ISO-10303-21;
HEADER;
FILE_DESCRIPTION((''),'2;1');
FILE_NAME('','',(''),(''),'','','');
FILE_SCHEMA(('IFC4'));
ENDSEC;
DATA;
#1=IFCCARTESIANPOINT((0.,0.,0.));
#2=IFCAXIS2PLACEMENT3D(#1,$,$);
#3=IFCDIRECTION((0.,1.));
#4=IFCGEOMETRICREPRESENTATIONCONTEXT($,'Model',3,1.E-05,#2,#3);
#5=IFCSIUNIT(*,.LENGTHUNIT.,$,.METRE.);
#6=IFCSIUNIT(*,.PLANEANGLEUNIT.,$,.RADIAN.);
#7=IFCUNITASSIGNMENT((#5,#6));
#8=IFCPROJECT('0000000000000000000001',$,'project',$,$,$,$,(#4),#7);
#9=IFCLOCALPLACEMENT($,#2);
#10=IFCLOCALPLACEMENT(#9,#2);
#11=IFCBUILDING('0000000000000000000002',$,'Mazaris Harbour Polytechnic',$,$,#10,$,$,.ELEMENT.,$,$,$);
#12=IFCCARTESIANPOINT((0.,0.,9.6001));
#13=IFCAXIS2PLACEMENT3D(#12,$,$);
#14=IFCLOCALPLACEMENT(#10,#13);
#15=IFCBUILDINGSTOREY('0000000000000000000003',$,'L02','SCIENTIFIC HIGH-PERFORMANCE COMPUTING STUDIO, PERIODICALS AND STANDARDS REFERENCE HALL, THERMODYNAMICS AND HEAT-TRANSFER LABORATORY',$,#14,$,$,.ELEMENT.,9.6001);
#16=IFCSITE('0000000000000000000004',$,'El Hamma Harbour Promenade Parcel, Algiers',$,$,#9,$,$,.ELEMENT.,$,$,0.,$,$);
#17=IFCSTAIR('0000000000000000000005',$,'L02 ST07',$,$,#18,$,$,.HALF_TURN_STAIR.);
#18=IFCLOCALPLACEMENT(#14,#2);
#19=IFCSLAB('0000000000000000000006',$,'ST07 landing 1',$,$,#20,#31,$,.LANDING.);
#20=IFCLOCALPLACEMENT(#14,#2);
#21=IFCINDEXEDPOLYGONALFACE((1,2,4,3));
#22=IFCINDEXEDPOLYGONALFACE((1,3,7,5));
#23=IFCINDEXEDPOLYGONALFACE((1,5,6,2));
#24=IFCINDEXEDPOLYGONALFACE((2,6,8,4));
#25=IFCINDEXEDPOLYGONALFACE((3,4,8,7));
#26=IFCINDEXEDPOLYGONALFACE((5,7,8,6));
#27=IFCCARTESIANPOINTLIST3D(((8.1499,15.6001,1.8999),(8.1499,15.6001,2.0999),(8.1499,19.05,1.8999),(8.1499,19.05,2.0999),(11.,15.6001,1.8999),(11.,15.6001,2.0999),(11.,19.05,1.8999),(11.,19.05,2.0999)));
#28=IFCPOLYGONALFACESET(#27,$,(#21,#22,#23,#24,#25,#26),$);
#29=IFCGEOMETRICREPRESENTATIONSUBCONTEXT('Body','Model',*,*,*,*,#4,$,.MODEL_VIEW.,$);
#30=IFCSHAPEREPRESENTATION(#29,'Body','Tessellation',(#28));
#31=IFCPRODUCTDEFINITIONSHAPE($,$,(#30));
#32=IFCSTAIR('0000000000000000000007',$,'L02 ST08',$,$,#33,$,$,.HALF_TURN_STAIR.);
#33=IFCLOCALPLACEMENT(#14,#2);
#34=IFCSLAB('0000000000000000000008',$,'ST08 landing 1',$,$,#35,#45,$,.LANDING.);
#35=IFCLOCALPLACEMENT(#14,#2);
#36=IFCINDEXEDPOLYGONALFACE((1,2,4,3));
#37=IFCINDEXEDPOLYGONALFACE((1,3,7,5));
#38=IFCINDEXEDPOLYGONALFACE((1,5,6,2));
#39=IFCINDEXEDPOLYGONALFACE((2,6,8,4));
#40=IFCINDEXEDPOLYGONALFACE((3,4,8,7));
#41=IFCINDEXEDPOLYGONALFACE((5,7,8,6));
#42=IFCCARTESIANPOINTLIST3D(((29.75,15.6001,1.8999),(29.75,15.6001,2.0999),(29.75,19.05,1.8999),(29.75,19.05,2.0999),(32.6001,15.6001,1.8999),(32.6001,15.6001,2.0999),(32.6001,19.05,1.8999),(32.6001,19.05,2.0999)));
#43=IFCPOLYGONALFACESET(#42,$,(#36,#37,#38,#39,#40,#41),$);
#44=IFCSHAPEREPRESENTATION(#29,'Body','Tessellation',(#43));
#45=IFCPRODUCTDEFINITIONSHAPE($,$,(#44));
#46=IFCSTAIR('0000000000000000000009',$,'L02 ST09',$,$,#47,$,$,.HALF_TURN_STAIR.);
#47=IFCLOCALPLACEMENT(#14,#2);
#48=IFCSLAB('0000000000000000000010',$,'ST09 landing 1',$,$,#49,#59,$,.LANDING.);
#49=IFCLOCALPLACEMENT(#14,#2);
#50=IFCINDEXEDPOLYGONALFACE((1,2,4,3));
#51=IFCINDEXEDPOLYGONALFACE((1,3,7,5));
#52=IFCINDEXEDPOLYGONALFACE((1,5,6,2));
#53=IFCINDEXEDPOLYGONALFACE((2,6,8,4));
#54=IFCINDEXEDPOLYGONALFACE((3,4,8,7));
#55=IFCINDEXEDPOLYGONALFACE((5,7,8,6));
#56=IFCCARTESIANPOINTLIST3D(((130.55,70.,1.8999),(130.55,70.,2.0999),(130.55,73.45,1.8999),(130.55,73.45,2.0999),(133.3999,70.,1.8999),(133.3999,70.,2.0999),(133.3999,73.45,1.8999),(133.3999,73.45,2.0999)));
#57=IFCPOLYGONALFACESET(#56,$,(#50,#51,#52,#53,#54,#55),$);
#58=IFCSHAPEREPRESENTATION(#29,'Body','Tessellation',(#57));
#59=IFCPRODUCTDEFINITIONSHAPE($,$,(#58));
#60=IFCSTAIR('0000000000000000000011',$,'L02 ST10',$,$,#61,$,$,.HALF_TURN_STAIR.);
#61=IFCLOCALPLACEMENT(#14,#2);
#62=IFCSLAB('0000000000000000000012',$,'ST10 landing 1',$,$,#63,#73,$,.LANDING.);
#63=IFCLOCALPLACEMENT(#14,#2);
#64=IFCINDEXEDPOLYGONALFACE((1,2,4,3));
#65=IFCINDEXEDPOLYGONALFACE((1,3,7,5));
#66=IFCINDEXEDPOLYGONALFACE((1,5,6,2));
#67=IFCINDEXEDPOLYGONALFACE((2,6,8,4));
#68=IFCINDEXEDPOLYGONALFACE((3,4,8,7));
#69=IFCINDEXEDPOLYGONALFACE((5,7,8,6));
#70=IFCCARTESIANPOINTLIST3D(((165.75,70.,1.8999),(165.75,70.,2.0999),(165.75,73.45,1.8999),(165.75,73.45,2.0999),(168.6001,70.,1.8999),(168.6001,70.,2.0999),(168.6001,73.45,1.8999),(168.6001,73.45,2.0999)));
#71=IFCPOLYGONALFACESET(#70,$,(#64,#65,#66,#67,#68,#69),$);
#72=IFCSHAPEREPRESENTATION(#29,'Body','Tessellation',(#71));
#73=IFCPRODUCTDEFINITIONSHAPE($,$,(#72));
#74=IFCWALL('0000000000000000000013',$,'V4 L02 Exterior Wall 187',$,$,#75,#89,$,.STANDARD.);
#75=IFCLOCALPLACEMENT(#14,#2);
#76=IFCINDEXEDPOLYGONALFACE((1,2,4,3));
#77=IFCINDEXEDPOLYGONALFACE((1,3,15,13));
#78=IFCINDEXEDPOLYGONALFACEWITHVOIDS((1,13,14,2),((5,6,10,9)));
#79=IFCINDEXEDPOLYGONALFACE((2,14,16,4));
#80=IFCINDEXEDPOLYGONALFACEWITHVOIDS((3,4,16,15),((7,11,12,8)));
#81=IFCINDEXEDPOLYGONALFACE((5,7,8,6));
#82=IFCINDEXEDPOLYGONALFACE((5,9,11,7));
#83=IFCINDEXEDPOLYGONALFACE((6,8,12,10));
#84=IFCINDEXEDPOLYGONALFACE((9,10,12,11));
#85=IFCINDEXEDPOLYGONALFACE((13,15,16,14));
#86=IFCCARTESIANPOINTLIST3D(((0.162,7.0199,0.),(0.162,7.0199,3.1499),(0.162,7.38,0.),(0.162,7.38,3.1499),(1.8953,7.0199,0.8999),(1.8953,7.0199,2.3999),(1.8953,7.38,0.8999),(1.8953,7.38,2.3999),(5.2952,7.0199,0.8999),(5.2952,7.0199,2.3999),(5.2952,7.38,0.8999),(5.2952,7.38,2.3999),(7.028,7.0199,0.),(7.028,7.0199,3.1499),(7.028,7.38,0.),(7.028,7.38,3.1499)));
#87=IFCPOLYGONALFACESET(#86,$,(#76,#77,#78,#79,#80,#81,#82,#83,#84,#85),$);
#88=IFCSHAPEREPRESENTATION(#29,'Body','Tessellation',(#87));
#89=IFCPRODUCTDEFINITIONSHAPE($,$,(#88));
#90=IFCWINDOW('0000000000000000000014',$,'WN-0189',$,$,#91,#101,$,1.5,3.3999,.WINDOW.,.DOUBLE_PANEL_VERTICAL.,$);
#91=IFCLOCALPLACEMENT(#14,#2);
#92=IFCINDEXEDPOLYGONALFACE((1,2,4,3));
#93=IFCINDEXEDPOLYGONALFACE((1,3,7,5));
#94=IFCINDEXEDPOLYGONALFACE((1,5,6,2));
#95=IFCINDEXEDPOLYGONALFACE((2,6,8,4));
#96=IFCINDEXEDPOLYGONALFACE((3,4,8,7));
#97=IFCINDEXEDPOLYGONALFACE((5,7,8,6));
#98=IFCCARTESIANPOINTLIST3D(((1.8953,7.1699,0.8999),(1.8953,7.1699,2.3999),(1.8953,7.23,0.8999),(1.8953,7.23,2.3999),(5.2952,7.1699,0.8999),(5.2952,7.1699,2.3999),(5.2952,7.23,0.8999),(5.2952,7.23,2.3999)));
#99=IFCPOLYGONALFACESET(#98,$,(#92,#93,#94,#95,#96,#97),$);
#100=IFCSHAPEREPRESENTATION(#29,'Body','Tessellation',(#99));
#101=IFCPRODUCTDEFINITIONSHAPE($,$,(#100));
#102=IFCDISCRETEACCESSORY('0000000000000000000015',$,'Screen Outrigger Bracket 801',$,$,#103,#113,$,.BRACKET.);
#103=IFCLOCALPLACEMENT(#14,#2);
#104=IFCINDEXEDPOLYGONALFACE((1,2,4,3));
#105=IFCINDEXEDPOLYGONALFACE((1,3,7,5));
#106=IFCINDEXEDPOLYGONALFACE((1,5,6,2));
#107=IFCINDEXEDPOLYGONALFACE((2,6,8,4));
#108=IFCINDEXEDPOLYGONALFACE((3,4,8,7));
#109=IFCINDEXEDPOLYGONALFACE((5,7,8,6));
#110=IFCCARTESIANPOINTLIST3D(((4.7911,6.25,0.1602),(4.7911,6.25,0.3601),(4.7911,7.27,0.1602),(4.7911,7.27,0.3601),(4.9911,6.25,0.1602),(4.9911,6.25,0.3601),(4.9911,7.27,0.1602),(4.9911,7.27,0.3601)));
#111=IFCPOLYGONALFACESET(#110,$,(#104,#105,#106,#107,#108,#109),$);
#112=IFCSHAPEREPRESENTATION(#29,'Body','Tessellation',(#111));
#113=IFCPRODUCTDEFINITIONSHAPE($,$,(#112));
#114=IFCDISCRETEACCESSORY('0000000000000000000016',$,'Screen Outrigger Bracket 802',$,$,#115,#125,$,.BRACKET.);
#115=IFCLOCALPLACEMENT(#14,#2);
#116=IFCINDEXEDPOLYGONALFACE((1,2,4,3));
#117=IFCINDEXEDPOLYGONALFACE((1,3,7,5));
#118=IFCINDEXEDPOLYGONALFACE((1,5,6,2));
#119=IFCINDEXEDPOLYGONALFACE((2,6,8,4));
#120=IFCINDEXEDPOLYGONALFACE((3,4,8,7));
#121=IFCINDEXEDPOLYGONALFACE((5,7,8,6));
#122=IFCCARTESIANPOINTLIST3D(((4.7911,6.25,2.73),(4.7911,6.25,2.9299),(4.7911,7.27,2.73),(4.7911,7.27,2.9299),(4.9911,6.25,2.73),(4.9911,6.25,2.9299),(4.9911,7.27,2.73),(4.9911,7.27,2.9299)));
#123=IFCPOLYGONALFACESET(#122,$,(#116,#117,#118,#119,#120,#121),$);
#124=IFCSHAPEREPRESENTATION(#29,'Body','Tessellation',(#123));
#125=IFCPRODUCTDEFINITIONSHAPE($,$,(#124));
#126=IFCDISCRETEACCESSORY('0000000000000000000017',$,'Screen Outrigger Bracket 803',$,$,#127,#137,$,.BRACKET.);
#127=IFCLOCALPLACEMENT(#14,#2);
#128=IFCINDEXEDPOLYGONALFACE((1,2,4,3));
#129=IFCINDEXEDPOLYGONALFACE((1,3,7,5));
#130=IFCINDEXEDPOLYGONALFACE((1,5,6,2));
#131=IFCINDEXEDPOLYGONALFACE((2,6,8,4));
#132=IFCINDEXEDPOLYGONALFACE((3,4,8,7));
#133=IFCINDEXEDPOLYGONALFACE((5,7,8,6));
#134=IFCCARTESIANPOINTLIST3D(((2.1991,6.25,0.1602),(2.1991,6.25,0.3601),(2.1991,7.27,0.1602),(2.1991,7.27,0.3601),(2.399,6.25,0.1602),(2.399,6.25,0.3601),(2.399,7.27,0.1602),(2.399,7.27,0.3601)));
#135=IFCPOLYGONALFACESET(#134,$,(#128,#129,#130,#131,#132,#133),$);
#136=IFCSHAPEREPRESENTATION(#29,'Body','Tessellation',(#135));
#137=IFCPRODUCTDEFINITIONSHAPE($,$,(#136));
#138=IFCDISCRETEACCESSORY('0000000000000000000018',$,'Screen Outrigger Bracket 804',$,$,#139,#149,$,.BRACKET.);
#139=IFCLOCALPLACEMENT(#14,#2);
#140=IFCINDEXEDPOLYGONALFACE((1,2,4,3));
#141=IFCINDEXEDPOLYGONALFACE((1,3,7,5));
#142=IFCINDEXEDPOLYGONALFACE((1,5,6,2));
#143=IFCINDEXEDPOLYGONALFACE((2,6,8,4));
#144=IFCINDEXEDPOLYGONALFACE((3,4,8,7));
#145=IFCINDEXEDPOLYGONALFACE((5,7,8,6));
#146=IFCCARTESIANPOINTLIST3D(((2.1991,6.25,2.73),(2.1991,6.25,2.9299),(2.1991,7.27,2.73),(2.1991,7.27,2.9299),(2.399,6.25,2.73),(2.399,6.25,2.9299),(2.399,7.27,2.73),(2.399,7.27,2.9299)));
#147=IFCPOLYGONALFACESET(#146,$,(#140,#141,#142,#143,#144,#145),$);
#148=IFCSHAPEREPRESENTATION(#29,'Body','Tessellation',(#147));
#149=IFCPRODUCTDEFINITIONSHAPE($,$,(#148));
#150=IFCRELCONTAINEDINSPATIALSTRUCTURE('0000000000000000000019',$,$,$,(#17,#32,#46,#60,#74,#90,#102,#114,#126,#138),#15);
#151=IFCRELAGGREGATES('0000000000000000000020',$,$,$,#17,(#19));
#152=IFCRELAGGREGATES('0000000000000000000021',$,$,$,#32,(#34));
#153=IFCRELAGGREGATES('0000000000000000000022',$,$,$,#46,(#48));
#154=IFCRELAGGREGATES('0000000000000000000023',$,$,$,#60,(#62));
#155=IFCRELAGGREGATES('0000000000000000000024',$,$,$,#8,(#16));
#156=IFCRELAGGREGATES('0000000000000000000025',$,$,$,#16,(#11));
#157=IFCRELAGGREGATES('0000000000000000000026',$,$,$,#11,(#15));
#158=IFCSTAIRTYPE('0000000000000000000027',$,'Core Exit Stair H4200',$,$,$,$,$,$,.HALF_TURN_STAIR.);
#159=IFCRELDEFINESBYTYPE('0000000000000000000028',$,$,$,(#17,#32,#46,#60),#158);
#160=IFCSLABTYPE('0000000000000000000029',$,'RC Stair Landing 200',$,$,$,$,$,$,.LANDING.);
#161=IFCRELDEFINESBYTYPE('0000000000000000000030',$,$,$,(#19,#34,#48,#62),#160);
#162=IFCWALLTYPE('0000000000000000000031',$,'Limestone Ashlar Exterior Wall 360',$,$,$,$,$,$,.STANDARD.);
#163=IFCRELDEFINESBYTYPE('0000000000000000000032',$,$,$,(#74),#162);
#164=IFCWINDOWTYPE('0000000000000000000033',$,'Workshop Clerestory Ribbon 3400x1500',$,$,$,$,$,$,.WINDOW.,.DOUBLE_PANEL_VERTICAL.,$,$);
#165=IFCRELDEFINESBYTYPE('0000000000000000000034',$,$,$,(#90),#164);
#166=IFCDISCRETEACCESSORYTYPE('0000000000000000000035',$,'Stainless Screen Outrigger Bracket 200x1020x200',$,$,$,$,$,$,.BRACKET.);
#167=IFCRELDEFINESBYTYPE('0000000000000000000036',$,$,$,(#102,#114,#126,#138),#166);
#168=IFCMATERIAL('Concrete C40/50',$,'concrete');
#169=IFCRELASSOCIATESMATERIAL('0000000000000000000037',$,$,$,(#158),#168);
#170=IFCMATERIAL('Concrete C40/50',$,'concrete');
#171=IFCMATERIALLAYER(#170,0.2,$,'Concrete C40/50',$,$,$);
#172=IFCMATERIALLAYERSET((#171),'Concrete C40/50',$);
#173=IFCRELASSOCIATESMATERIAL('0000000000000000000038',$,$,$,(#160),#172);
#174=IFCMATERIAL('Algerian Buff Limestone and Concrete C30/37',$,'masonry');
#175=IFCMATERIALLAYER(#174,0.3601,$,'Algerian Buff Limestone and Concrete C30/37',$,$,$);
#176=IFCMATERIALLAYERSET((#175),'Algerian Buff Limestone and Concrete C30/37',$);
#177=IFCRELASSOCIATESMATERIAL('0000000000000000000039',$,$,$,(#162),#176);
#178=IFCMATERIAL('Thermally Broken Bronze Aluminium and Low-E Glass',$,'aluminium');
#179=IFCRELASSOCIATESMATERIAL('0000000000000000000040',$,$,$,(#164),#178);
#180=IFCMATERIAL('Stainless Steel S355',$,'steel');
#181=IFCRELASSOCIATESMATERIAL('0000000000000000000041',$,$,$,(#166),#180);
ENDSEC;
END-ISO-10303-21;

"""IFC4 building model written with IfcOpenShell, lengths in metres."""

from ifc_helpers import new_model, si_unit, direction, frame, frame_2d, origin, origin_2d, place, context, subcontext, project, spatial, polyline, rectangle, outline, extrude, material, layer, layer_set, type_object, element, fill, aggregate, save


model = new_model("IFC4")

# Units and contexts
model_context = context("Model", 3, precision=1e-05, world=origin(), true_north=direction((0.0, 1.0)))
body_context = subcontext(model_context, "Body", "Model", "MODEL_VIEW")
ifc_project = project(units=[si_unit("LENGTHUNIT", "METRE"), si_unit("PLANEANGLEUNIT", "RADIAN")], contexts=[model_context])

# Site, building, storey
site_placement = place(None, origin())
site = spatial("IfcSite", under=ifc_project, at=site_placement, Name="El Hamma Harbour Promenade Parcel, Algiers", CompositionType="ELEMENT", RefElevation=0.0)
building_placement = place(site_placement, origin())
building = spatial("IfcBuilding", under=site, at=building_placement, Name="Mazaris Harbour Polytechnic", CompositionType="ELEMENT")
storey_placement = place(building_placement, frame((0.0, 0.0, 9.6001)))
storey = spatial("IfcBuildingStorey", under=building, at=storey_placement, Name="L02", Description="SCIENTIFIC HIGH-PERFORMANCE COMPUTING STUDIO, PERIODICALS AND STANDARDS REFERENCE HALL, THERMODYNAMICS AND HEAT-TRANSFER LABORATORY", CompositionType="ELEMENT", Elevation=9.6001)

# Stairs, slabs
ifc_material_1 = material(Name="Concrete C40/50", Category="concrete")
stair_type = type_object("IfcStairType", Name="Core Exit Stair H4200", PredefinedType="HALF_TURN_STAIR", material=ifc_material_1)
ifc_material_2 = material(Name="Concrete C40/50", Category="concrete")
ifc_layer_1 = layer(ifc_material_2, 0.2, Name="Concrete C40/50")
ifc_layer_set_1 = layer_set([ifc_layer_1], Name="Concrete C40/50")
slab_type = type_object("IfcSlabType", Name="RC Stair Landing 200", PredefinedType="LANDING", material=ifc_layer_set_1)
stair_1_placement = place(storey_placement, origin())
stair_1 = element("IfcStair", 1, at=stair_1_placement, inside=storey, type_object=stair_type, Name="L02 ST07", PredefinedType="HALF_TURN_STAIR")
slab_1_placement = place(storey_placement, frame((0.0, 0.0, 1.8999)))
slab_1 = element("IfcSlab", 2, at=slab_1_placement, type_object=slab_type, Name="ST07 landing 1", PredefinedType="LANDING", context=body_context, shape_type="SweptSolid", body=[
    extrude(outline(polyline([(8.1499, 15.6001), (11.0, 15.6001), (11.0, 19.05), (8.1499, 19.05), (8.1499, 15.6001)])), origin(), (0.0, 0.0, 1.0), 0.2),
])
aggregate(stair_1, [slab_1])
stair_2_placement = place(storey_placement, origin())
stair_2 = element("IfcStair", 3, at=stair_2_placement, inside=storey, type_object=stair_type, Name="L02 ST08", PredefinedType="HALF_TURN_STAIR")
slab_2_placement = place(storey_placement, frame((0.0, 0.0, 1.8999)))
slab_2 = element("IfcSlab", 4, at=slab_2_placement, type_object=slab_type, Name="ST08 landing 1", PredefinedType="LANDING", context=body_context, shape_type="SweptSolid", body=[
    extrude(outline(polyline([(29.75, 15.6001), (32.6001, 15.6001), (32.6001, 19.05), (29.75, 19.05), (29.75, 15.6001)])), origin(), (0.0, 0.0, 1.0), 0.2),
])
aggregate(stair_2, [slab_2])
stair_3_placement = place(storey_placement, origin())
stair_3 = element("IfcStair", 5, at=stair_3_placement, inside=storey, type_object=stair_type, Name="L02 ST09", PredefinedType="HALF_TURN_STAIR")
slab_3_placement = place(storey_placement, frame((0.0, 0.0, 1.8999)))
slab_3 = element("IfcSlab", 6, at=slab_3_placement, type_object=slab_type, Name="ST09 landing 1", PredefinedType="LANDING", context=body_context, shape_type="SweptSolid", body=[
    extrude(outline(polyline([(130.55, 70.0), (133.3999, 70.0), (133.3999, 73.45), (130.55, 73.45), (130.55, 70.0)])), origin(), (0.0, 0.0, 1.0), 0.2),
])
aggregate(stair_3, [slab_3])
stair_4_placement = place(storey_placement, origin())
stair_4 = element("IfcStair", 7, at=stair_4_placement, inside=storey, type_object=stair_type, Name="L02 ST10", PredefinedType="HALF_TURN_STAIR")
slab_4_placement = place(storey_placement, frame((0.0, 0.0, 1.8999)))
slab_4 = element("IfcSlab", 8, at=slab_4_placement, type_object=slab_type, Name="ST10 landing 1", PredefinedType="LANDING", context=body_context, shape_type="SweptSolid", body=[
    extrude(outline(polyline([(165.75, 70.0), (168.6001, 70.0), (168.6001, 73.45), (165.75, 73.45), (165.75, 70.0)])), origin(), (0.0, 0.0, 1.0), 0.2),
])
aggregate(stair_4, [slab_4])

# Wall, opening, window
ifc_material_3 = material(Name="Algerian Buff Limestone and Concrete C30/37", Category="masonry")
ifc_layer_2 = layer(ifc_material_3, 0.3601, Name="Algerian Buff Limestone and Concrete C30/37")
ifc_layer_set_2 = layer_set([ifc_layer_2], Name="Algerian Buff Limestone and Concrete C30/37")
wall_type = type_object("IfcWallType", Name="Limestone Ashlar Exterior Wall 360", PredefinedType="STANDARD", material=ifc_layer_set_2)
wall_placement = place(storey_placement, frame((7.0281, 7.2, 0.0), z_axis=(0.0, 0.0, 1.0), x_axis=(-1.0, 0.0, 0.0)))
wall = element("IfcWall", 9, at=wall_placement, inside=storey, type_object=wall_type, Name="V4 L02 Exterior Wall 187", PredefinedType="STANDARD", context=body_context, shape_type="SweptSolid", body=[
    extrude(rectangle(XDim=6.866, YDim=0.3601, at=frame_2d((3.4331, 0.0))), origin(), (0.0, 0.0, 1.0), 3.1499),
])
opening_placement = place(wall_placement, frame((1.7329, 0.0, 0.8999)))
opening = element("IfcOpeningElement", 10, at=opening_placement, cuts=wall, PredefinedType="OPENING", context=body_context, shape_type="SweptSolid", body=[
    extrude(rectangle(XDim=3.3999, YDim=1.5, at=frame_2d((1.7, 0.75))), frame((0.0, 0.1899, 0.0), z_axis=(0.0, -1.0, 0.0), x_axis=(1.0, 0.0, 0.0)), (0.0, 0.0, 1.0), 0.3801),
])
ifc_material_4 = material(Name="Thermally Broken Bronze Aluminium and Low-E Glass", Category="aluminium")
window_type = type_object("IfcWindowType", Name="Workshop Clerestory Ribbon 3400x1500", PartitioningType="DOUBLE_PANEL_VERTICAL", PredefinedType="WINDOW", material=ifc_material_4)
window_placement = place(opening_placement, origin())
window = element("IfcWindow", 11, at=window_placement, inside=storey, type_object=window_type, Name="WN-0189", OverallHeight=1.5, OverallWidth=3.3999, PartitioningType="DOUBLE_PANEL_VERTICAL", PredefinedType="WINDOW", context=body_context, shape_type="SweptSolid", body=[
    extrude(rectangle(XDim=3.3999, YDim=1.5, at=frame_2d((1.7, 0.75))), frame((0.0, 0.03, 0.0), z_axis=(0.0, -1.0, 0.0), x_axis=(1.0, 0.0, 0.0)), (0.0, 0.0, 1.0), 0.0601),
])
fill(opening, window)

# Discrete accessories
ifc_material_5 = material(Name="Stainless Steel S355", Category="steel")
discrete_accessory_type = type_object("IfcDiscreteAccessoryType", Name="Stainless Screen Outrigger Bracket 200x1020x200", PredefinedType="BRACKET", material=ifc_material_5)
for number, where, z_axis, x_axis, name in (
    (12, (4.8911, 6.76, 0.1602), (0.0, 0.0, 1.0), (-1.0, 0.0, 0.0), "Screen Outrigger Bracket 801"),
    (13, (4.8911, 6.76, 2.73), (0.0, 0.0, 1.0), (-1.0, 0.0, 0.0), "Screen Outrigger Bracket 802"),
    (14, (2.2991, 6.76, 0.1602), (0.0, 0.0, 1.0), (-1.0, 0.0, 0.0), "Screen Outrigger Bracket 803"),
    (15, (2.2991, 6.76, 2.73), (0.0, 0.0, 1.0), (-1.0, 0.0, 0.0), "Screen Outrigger Bracket 804"),
):
    element("IfcDiscreteAccessory", number, at=place(storey_placement, frame(where, z_axis=z_axis, x_axis=x_axis)), inside=storey, type_object=discrete_accessory_type, Name=name, PredefinedType="BRACKET", context=body_context, shape_type="SweptSolid", body=[
        extrude(rectangle(XDim=0.2, YDim=1.02, at=origin_2d()), origin(), (0.0, 0.0, 1.0), 0.2),
    ])

save(model, "model.ifc")
